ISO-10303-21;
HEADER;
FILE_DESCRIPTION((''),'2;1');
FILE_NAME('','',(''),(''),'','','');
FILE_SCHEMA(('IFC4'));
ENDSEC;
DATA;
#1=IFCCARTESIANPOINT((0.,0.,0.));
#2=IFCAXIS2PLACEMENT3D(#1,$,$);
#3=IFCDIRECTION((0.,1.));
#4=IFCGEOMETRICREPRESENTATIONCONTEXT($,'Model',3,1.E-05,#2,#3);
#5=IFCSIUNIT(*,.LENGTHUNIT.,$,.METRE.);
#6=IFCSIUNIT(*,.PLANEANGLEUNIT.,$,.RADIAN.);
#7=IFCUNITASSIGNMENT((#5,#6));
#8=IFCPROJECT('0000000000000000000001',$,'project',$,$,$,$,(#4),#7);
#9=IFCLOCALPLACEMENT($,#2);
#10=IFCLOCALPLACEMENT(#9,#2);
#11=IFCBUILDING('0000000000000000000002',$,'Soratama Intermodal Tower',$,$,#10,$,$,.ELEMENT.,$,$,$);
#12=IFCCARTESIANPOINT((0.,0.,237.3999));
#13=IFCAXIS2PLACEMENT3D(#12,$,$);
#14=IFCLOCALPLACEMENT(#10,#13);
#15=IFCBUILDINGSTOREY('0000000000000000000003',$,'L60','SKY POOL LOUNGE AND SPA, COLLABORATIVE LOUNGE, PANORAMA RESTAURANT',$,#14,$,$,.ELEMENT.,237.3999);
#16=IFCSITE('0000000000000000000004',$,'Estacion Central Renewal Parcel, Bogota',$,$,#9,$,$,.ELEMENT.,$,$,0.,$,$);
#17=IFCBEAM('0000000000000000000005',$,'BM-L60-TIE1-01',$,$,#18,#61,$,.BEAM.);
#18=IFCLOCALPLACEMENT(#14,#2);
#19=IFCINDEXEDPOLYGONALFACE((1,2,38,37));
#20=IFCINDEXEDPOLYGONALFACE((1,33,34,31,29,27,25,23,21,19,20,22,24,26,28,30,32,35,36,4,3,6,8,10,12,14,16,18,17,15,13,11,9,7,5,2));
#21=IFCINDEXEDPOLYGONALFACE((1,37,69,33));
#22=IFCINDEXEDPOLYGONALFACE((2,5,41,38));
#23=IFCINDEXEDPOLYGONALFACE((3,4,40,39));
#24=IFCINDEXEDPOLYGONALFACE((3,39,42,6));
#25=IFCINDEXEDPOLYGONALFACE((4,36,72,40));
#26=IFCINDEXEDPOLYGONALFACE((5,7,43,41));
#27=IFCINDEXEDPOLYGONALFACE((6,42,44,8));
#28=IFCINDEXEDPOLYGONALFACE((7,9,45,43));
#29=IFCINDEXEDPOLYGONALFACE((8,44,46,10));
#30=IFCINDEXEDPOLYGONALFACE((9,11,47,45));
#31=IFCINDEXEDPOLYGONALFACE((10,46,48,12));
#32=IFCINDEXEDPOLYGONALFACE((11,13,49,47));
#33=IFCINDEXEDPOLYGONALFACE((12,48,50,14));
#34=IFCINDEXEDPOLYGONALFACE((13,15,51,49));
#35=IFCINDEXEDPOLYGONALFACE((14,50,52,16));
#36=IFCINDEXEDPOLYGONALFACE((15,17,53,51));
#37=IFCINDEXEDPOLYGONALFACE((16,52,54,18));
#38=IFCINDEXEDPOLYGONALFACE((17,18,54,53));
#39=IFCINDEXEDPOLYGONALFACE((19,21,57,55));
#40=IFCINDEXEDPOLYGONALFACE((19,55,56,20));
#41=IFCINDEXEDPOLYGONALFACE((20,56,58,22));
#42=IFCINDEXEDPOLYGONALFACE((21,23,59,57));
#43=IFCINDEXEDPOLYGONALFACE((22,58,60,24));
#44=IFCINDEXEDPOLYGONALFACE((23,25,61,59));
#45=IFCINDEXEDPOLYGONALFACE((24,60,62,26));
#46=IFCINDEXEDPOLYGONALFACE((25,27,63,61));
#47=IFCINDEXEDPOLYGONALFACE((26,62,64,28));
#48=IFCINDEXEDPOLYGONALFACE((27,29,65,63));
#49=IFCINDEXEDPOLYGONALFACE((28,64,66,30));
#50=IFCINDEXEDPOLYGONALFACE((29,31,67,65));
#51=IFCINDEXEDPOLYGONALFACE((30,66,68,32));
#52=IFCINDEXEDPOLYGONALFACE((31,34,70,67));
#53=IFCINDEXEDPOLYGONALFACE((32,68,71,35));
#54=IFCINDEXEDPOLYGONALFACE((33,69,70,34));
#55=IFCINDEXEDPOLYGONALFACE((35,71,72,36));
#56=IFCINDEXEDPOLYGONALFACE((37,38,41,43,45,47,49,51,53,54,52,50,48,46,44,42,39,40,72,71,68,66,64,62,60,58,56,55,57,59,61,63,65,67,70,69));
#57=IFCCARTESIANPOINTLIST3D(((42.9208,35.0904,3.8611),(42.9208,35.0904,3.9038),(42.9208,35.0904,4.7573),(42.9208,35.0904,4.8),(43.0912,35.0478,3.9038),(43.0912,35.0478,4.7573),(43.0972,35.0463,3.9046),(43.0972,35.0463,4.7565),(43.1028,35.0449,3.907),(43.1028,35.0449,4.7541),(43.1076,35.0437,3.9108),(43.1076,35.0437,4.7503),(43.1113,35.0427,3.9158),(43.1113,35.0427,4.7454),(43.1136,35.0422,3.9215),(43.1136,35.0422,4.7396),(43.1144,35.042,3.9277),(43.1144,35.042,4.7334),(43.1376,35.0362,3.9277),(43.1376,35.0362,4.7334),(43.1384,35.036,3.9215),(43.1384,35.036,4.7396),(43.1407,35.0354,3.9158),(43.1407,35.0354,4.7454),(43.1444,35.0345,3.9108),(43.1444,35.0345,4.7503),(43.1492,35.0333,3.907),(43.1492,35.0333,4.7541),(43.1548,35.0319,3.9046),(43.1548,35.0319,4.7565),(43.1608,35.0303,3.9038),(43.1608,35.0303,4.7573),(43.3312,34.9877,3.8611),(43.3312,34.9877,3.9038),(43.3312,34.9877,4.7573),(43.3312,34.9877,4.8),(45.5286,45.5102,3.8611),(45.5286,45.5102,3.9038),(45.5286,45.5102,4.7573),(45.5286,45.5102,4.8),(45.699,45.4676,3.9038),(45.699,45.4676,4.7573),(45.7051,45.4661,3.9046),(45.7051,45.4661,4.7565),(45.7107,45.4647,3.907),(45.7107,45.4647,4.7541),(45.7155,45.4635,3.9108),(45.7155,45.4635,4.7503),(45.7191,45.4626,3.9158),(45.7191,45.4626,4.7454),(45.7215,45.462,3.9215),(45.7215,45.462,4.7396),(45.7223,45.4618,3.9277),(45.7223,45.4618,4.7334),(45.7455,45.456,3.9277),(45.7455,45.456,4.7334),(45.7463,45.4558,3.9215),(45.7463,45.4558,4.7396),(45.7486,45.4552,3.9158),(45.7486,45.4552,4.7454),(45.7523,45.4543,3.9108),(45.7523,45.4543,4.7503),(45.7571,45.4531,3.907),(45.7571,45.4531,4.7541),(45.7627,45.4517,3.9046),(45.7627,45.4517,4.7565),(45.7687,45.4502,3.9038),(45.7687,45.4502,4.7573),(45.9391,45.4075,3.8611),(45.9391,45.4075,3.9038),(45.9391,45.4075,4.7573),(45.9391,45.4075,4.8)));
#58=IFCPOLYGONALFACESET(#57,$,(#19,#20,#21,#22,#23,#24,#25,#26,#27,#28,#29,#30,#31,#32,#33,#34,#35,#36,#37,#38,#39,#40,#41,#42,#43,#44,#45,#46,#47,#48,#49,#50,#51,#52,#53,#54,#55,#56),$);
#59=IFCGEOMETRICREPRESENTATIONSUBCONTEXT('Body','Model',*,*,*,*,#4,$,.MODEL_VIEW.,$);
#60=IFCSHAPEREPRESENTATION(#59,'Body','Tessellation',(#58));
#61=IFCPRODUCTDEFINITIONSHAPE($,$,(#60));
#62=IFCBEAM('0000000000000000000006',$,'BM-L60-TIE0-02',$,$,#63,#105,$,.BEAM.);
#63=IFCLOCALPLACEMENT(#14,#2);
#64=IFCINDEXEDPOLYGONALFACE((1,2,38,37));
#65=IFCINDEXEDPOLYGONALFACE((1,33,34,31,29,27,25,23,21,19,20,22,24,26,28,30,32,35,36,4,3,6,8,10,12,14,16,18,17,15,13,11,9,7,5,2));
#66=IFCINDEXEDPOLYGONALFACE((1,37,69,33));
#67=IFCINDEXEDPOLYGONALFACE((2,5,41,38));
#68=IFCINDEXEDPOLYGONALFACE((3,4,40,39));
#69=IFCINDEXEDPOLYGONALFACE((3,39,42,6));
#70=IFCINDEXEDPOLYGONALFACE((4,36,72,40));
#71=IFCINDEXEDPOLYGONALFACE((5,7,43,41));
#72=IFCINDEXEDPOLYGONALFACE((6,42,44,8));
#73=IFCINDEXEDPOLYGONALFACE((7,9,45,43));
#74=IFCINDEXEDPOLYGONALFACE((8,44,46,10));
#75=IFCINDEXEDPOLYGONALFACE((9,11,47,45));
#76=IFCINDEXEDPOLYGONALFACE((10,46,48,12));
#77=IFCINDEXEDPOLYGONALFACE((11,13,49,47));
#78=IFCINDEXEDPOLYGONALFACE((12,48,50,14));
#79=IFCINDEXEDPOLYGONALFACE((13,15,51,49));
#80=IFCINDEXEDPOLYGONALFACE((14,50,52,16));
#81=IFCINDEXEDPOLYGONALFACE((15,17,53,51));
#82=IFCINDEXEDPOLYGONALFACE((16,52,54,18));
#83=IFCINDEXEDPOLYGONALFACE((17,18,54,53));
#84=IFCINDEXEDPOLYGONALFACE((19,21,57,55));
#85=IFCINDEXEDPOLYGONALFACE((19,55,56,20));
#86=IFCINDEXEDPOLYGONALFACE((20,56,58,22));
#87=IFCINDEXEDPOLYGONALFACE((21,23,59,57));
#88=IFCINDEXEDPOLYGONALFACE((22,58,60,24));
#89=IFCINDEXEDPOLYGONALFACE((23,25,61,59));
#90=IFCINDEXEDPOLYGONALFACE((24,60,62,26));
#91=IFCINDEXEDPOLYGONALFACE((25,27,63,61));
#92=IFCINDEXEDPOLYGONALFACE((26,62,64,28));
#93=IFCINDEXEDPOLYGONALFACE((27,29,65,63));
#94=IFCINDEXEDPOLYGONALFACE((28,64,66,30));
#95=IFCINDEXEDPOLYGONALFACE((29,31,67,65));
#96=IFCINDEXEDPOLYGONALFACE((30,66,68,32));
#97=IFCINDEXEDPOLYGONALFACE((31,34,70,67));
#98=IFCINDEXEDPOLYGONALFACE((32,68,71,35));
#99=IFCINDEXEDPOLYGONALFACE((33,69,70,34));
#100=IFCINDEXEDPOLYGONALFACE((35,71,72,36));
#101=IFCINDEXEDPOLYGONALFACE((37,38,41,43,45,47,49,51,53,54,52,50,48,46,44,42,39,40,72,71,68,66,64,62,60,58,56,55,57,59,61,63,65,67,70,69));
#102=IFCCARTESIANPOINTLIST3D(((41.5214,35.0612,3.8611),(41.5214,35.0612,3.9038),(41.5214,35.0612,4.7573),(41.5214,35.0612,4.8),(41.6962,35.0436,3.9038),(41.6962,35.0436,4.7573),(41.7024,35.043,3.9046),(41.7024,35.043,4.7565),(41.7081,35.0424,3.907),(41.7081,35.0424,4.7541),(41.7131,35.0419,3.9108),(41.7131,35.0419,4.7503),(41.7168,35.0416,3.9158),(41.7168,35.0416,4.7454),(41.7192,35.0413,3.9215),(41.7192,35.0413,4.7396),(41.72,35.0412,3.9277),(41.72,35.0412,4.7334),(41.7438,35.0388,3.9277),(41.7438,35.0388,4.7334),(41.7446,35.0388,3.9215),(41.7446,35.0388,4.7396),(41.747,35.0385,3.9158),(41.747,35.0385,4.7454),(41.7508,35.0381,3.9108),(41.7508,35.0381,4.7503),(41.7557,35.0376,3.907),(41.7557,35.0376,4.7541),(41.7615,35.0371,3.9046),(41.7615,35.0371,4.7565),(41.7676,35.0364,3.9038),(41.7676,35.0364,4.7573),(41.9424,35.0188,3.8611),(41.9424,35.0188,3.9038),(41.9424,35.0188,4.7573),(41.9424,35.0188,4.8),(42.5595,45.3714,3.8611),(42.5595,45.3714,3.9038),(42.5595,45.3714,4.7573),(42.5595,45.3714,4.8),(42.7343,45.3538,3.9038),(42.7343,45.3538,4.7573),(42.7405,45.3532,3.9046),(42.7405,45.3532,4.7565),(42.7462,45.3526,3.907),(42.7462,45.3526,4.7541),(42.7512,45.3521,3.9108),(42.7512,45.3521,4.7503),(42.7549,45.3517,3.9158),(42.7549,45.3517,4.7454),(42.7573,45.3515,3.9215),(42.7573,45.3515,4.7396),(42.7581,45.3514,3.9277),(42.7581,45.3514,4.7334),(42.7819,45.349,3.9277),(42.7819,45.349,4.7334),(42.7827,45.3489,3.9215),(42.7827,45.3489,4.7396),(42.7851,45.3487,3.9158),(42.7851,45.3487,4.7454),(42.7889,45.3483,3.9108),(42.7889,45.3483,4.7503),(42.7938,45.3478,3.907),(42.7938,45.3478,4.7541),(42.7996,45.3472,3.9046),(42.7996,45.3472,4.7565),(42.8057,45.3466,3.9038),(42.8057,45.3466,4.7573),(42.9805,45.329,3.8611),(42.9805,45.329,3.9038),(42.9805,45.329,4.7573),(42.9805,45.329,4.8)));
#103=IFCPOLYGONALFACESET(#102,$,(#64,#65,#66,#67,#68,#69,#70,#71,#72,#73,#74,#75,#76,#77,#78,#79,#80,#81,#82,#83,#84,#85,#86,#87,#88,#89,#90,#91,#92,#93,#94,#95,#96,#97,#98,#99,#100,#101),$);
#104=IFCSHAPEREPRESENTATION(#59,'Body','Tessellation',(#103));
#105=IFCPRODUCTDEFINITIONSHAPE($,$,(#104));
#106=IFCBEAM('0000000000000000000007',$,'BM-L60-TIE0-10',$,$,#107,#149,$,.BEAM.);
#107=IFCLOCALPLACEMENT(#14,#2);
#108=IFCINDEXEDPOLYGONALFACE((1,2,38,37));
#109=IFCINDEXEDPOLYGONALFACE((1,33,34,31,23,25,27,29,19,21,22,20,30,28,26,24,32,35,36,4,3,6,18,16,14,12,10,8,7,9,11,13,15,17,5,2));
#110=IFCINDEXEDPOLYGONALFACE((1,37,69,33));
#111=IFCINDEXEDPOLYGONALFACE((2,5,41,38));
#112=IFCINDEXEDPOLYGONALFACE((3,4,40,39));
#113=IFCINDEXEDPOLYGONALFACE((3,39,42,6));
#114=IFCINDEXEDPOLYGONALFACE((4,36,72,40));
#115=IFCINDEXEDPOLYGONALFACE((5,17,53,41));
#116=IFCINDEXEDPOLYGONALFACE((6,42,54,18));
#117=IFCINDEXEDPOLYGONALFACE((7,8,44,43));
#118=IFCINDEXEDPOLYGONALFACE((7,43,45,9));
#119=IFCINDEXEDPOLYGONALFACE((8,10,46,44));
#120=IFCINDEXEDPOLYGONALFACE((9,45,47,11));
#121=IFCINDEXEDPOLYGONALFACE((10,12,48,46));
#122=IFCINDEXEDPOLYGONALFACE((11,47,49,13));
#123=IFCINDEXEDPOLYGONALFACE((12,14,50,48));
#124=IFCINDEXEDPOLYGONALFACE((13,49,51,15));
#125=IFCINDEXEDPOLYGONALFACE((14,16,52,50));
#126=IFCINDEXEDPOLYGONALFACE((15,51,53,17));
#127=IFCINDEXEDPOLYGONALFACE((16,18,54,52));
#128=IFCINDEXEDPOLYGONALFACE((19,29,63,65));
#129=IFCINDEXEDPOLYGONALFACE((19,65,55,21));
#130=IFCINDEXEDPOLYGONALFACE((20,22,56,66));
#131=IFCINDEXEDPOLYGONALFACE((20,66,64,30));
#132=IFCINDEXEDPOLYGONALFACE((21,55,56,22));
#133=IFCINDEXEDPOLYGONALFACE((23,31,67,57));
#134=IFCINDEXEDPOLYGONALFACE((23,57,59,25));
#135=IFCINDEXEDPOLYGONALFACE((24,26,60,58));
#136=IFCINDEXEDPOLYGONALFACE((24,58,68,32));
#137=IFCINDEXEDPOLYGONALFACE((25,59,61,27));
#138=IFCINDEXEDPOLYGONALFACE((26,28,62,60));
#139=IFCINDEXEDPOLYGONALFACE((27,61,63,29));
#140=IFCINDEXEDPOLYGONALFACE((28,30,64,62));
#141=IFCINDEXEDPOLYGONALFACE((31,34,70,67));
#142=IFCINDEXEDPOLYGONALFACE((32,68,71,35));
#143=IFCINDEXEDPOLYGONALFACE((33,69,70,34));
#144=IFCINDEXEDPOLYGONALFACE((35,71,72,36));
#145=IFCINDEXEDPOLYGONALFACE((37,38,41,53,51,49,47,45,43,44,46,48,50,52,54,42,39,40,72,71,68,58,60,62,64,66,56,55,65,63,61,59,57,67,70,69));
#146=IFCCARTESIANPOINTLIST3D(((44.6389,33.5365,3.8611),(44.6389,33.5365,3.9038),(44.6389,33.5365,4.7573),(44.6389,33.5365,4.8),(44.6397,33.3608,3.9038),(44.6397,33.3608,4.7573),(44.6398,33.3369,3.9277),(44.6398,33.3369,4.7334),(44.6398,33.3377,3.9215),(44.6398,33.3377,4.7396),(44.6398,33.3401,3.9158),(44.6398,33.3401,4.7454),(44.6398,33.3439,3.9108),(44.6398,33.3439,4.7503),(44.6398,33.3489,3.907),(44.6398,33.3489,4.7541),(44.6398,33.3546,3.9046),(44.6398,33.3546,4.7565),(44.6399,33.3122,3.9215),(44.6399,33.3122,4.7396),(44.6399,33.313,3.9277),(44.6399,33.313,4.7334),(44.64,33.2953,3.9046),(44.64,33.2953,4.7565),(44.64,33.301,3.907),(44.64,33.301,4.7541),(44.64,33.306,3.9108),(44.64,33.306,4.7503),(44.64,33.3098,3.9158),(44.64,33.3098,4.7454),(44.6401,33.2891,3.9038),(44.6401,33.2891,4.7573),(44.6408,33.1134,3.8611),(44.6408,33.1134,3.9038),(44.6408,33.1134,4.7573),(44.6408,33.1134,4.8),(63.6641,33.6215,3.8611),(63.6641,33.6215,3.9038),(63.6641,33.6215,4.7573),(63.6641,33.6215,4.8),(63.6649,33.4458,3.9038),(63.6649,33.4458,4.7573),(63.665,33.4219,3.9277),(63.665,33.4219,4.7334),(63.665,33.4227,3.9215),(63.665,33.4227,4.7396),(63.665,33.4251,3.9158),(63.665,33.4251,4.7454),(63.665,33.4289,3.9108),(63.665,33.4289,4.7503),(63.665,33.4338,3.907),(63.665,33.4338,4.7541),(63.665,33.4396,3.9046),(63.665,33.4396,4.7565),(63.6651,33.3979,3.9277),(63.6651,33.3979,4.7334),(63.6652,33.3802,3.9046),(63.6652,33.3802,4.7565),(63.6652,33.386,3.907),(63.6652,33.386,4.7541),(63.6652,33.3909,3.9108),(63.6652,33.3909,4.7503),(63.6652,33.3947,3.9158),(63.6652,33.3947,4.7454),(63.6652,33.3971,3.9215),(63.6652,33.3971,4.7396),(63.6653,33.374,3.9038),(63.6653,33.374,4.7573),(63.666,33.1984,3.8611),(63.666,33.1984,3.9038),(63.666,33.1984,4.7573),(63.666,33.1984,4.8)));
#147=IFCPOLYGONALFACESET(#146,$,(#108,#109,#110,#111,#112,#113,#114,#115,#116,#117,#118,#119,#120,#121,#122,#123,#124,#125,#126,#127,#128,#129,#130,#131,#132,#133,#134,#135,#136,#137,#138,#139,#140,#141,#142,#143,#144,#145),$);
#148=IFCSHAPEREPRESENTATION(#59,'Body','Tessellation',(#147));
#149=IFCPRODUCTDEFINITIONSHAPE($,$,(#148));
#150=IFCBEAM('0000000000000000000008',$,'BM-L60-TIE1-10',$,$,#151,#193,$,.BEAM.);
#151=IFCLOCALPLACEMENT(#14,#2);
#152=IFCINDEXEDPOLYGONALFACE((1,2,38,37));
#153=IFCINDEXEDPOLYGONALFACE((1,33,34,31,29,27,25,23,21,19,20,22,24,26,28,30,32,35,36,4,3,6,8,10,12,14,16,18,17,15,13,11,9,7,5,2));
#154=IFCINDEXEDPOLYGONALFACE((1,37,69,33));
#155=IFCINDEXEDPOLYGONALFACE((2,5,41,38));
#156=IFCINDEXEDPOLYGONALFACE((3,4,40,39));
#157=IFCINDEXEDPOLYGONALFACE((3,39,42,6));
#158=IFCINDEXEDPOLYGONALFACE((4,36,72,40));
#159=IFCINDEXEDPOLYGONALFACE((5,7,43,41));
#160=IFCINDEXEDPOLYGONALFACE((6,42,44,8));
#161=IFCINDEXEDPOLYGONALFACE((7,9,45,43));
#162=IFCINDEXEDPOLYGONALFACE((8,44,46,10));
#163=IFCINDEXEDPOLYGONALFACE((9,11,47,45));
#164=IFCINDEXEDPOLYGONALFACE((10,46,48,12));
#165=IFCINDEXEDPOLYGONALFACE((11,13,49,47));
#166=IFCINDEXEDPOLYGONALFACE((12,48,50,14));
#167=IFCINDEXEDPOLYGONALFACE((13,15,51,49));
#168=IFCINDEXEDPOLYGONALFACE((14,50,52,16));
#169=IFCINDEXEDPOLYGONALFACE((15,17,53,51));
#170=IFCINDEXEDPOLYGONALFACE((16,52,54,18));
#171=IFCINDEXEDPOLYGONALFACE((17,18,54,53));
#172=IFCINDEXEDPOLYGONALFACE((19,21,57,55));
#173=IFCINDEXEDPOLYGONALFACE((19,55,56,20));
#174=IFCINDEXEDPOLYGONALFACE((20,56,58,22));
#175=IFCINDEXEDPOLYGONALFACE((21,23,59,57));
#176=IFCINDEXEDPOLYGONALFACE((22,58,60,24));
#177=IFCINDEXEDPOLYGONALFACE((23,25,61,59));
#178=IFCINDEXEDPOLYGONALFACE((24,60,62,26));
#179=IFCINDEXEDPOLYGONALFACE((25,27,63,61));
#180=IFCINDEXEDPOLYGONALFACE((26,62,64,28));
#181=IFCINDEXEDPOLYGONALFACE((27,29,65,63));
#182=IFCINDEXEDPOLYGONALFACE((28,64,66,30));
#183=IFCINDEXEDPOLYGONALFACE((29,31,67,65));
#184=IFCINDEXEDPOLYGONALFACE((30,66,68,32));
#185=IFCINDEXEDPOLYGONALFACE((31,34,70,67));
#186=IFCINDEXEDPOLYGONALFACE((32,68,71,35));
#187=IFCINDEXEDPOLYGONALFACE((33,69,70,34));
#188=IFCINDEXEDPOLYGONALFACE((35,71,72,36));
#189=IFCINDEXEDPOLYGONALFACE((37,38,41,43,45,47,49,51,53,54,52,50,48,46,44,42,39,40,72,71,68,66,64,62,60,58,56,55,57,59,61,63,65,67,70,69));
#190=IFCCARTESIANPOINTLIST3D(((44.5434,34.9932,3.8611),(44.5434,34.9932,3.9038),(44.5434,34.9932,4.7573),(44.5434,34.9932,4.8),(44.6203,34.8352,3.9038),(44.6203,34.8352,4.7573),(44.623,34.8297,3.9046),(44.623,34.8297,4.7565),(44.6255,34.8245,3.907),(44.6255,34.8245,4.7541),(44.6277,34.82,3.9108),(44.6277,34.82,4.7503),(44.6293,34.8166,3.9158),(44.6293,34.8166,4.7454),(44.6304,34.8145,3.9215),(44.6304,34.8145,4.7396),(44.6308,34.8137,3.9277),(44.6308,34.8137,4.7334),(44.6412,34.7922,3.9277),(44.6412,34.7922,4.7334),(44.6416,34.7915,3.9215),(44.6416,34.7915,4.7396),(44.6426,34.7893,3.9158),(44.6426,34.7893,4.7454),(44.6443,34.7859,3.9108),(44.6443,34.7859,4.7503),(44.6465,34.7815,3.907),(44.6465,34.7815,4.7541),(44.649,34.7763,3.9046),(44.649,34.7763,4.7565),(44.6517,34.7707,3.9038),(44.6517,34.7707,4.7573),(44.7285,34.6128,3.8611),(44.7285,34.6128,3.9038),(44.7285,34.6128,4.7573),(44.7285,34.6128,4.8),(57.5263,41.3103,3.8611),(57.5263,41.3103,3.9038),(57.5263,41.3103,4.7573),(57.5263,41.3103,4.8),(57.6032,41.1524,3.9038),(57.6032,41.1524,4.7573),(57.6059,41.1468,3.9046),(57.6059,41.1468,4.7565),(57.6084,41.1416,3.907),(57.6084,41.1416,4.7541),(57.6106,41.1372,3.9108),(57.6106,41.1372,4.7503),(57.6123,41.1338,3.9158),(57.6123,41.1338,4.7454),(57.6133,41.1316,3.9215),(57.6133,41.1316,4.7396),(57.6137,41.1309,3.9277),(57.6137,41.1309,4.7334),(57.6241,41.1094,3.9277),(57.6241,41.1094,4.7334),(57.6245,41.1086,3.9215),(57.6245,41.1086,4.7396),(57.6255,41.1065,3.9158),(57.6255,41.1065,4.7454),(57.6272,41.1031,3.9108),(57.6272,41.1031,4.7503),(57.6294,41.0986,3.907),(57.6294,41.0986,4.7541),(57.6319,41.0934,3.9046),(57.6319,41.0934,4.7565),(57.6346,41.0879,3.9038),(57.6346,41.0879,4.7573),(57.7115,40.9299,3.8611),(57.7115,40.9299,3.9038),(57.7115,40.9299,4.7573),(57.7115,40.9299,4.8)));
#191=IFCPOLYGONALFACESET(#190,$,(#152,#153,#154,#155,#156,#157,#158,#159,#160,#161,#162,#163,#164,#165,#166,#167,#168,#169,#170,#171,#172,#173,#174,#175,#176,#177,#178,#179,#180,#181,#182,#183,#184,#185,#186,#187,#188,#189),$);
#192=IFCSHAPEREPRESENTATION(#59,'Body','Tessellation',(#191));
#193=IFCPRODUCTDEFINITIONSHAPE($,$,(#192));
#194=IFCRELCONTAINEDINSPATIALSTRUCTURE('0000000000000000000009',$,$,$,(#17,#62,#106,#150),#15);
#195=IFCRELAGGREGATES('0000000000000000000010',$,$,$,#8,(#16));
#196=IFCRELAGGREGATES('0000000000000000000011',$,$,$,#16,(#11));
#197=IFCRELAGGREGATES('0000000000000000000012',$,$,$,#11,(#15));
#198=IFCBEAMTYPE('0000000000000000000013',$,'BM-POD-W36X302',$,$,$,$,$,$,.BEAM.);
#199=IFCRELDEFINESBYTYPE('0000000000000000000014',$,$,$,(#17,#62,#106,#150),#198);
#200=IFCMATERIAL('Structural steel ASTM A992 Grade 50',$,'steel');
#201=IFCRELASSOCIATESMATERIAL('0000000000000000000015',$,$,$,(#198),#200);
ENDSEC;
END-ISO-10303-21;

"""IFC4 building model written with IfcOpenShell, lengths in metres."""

from ifc_helpers import new_model, si_unit, direction, frame, origin, origin_2d, place, context, subcontext, project, spatial, i_section, extrude, material, material_profile, profile_set, type_object, element, save


model = new_model("IFC4")

# Units and contexts
model_context = context("Model", 3, precision=1e-05, world=origin(), true_north=direction((0.0, 1.0)))
body_context = subcontext(model_context, "Body", "Model", "MODEL_VIEW")
ifc_project = project(units=[si_unit("LENGTHUNIT", "METRE"), si_unit("PLANEANGLEUNIT", "RADIAN")], contexts=[model_context])

# Site, building, storey
site_placement = place(None, origin())
site = spatial("IfcSite", under=ifc_project, at=site_placement, Name="Estacion Central Renewal Parcel, Bogota", CompositionType="ELEMENT", RefElevation=0.0)
building_placement = place(site_placement, origin())
building = spatial("IfcBuilding", under=site, at=building_placement, Name="Soratama Intermodal Tower", CompositionType="ELEMENT")
storey_placement = place(building_placement, frame((0.0, 0.0, 237.3999)))
storey = spatial("IfcBuildingStorey", under=building, at=storey_placement, Name="L60", Description="SKY POOL LOUNGE AND SPA, COLLABORATIVE LOUNGE, PANORAMA RESTAURANT", CompositionType="ELEMENT", Elevation=237.3999)

# Beams
ifc_material_1 = material(Name="Structural steel ASTM A992 Grade 50", Category="steel")
ifc_material_profile_1 = material_profile(ifc_material_1, i_section(OverallWidth=0.4231, OverallDepth=0.939, WebThickness=0.0239, FlangeThickness=0.0427, FilletRadius=0.0239, at=origin_2d()), Name="W36X302")
ifc_profile_set_1 = profile_set([ifc_material_profile_1], Name="Structural steel ASTM A992 Grade 50")
beam_type_1 = type_object("IfcBeamType", Name="BM-POD-W36X302", PredefinedType="BEAM", material=ifc_profile_set_1)
beam_1_placement = place(storey_placement, frame((43.126, 35.0391, 4.3306), z_axis=(0.242792, 0.970078, 0.0), x_axis=(-0.970078, 0.242792, 0.0)))
element("IfcBeam", 1, at=beam_1_placement, inside=storey, type_object=beam_type_1, Name="BM-L60-TIE1-01", PredefinedType="BEAM", context=body_context, shape_type="SweptSolid", body=[
    extrude(i_section(OverallWidth=0.4231, OverallDepth=0.939, WebThickness=0.0239, FlangeThickness=0.0427, FilletRadius=0.0239, at=origin_2d()), origin(), (0.0, 0.0, 1.0), 10.7412),
])
beam_2_placement = place(storey_placement, frame((41.7319, 35.04, 4.3306), z_axis=(0.10018, 0.994969, 0.0), x_axis=(-0.994969, 0.10018, 0.0)))
element("IfcBeam", 2, at=beam_2_placement, inside=storey, type_object=beam_type_1, Name="BM-L60-TIE0-02", PredefinedType="BEAM", context=body_context, shape_type="SweptSolid", body=[
    extrude(i_section(OverallWidth=0.4231, OverallDepth=0.939, WebThickness=0.0239, FlangeThickness=0.0427, FilletRadius=0.0239, at=origin_2d()), origin(), (0.0, 0.0, 1.0), 10.3623),
])
beam_3_placement = place(storey_placement, frame((44.6399, 33.325, 4.3306), z_axis=(0.99999, 0.004466, 0.0), x_axis=(-0.004466, 0.99999, 0.0)))
element("IfcBeam", 3, at=beam_3_placement, inside=storey, type_object=beam_type_1, Name="BM-L60-TIE0-10", PredefinedType="BEAM", context=body_context, shape_type="SweptSolid", body=[
    extrude(i_section(OverallWidth=0.4231, OverallDepth=0.939, WebThickness=0.0239, FlangeThickness=0.0427, FilletRadius=0.0239, at=origin_2d()), origin(), (0.0, 0.0, 1.0), 19.0254),
])
beam_4_placement = place(storey_placement, frame((44.636, 34.803, 4.3306), z_axis=(0.899204, 0.437529, 0.0), x_axis=(-0.437529, 0.899204, 0.0)))
element("IfcBeam", 4, at=beam_4_placement, inside=storey, type_object=beam_type_1, Name="BM-L60-TIE1-10", PredefinedType="BEAM", context=body_context, shape_type="SweptSolid", body=[
    extrude(i_section(OverallWidth=0.4231, OverallDepth=0.939, WebThickness=0.0239, FlangeThickness=0.0427, FilletRadius=0.0239, at=origin_2d()), origin(), (0.0, 0.0, 1.0), 14.4382),
])

save(model, "model.ifc")
